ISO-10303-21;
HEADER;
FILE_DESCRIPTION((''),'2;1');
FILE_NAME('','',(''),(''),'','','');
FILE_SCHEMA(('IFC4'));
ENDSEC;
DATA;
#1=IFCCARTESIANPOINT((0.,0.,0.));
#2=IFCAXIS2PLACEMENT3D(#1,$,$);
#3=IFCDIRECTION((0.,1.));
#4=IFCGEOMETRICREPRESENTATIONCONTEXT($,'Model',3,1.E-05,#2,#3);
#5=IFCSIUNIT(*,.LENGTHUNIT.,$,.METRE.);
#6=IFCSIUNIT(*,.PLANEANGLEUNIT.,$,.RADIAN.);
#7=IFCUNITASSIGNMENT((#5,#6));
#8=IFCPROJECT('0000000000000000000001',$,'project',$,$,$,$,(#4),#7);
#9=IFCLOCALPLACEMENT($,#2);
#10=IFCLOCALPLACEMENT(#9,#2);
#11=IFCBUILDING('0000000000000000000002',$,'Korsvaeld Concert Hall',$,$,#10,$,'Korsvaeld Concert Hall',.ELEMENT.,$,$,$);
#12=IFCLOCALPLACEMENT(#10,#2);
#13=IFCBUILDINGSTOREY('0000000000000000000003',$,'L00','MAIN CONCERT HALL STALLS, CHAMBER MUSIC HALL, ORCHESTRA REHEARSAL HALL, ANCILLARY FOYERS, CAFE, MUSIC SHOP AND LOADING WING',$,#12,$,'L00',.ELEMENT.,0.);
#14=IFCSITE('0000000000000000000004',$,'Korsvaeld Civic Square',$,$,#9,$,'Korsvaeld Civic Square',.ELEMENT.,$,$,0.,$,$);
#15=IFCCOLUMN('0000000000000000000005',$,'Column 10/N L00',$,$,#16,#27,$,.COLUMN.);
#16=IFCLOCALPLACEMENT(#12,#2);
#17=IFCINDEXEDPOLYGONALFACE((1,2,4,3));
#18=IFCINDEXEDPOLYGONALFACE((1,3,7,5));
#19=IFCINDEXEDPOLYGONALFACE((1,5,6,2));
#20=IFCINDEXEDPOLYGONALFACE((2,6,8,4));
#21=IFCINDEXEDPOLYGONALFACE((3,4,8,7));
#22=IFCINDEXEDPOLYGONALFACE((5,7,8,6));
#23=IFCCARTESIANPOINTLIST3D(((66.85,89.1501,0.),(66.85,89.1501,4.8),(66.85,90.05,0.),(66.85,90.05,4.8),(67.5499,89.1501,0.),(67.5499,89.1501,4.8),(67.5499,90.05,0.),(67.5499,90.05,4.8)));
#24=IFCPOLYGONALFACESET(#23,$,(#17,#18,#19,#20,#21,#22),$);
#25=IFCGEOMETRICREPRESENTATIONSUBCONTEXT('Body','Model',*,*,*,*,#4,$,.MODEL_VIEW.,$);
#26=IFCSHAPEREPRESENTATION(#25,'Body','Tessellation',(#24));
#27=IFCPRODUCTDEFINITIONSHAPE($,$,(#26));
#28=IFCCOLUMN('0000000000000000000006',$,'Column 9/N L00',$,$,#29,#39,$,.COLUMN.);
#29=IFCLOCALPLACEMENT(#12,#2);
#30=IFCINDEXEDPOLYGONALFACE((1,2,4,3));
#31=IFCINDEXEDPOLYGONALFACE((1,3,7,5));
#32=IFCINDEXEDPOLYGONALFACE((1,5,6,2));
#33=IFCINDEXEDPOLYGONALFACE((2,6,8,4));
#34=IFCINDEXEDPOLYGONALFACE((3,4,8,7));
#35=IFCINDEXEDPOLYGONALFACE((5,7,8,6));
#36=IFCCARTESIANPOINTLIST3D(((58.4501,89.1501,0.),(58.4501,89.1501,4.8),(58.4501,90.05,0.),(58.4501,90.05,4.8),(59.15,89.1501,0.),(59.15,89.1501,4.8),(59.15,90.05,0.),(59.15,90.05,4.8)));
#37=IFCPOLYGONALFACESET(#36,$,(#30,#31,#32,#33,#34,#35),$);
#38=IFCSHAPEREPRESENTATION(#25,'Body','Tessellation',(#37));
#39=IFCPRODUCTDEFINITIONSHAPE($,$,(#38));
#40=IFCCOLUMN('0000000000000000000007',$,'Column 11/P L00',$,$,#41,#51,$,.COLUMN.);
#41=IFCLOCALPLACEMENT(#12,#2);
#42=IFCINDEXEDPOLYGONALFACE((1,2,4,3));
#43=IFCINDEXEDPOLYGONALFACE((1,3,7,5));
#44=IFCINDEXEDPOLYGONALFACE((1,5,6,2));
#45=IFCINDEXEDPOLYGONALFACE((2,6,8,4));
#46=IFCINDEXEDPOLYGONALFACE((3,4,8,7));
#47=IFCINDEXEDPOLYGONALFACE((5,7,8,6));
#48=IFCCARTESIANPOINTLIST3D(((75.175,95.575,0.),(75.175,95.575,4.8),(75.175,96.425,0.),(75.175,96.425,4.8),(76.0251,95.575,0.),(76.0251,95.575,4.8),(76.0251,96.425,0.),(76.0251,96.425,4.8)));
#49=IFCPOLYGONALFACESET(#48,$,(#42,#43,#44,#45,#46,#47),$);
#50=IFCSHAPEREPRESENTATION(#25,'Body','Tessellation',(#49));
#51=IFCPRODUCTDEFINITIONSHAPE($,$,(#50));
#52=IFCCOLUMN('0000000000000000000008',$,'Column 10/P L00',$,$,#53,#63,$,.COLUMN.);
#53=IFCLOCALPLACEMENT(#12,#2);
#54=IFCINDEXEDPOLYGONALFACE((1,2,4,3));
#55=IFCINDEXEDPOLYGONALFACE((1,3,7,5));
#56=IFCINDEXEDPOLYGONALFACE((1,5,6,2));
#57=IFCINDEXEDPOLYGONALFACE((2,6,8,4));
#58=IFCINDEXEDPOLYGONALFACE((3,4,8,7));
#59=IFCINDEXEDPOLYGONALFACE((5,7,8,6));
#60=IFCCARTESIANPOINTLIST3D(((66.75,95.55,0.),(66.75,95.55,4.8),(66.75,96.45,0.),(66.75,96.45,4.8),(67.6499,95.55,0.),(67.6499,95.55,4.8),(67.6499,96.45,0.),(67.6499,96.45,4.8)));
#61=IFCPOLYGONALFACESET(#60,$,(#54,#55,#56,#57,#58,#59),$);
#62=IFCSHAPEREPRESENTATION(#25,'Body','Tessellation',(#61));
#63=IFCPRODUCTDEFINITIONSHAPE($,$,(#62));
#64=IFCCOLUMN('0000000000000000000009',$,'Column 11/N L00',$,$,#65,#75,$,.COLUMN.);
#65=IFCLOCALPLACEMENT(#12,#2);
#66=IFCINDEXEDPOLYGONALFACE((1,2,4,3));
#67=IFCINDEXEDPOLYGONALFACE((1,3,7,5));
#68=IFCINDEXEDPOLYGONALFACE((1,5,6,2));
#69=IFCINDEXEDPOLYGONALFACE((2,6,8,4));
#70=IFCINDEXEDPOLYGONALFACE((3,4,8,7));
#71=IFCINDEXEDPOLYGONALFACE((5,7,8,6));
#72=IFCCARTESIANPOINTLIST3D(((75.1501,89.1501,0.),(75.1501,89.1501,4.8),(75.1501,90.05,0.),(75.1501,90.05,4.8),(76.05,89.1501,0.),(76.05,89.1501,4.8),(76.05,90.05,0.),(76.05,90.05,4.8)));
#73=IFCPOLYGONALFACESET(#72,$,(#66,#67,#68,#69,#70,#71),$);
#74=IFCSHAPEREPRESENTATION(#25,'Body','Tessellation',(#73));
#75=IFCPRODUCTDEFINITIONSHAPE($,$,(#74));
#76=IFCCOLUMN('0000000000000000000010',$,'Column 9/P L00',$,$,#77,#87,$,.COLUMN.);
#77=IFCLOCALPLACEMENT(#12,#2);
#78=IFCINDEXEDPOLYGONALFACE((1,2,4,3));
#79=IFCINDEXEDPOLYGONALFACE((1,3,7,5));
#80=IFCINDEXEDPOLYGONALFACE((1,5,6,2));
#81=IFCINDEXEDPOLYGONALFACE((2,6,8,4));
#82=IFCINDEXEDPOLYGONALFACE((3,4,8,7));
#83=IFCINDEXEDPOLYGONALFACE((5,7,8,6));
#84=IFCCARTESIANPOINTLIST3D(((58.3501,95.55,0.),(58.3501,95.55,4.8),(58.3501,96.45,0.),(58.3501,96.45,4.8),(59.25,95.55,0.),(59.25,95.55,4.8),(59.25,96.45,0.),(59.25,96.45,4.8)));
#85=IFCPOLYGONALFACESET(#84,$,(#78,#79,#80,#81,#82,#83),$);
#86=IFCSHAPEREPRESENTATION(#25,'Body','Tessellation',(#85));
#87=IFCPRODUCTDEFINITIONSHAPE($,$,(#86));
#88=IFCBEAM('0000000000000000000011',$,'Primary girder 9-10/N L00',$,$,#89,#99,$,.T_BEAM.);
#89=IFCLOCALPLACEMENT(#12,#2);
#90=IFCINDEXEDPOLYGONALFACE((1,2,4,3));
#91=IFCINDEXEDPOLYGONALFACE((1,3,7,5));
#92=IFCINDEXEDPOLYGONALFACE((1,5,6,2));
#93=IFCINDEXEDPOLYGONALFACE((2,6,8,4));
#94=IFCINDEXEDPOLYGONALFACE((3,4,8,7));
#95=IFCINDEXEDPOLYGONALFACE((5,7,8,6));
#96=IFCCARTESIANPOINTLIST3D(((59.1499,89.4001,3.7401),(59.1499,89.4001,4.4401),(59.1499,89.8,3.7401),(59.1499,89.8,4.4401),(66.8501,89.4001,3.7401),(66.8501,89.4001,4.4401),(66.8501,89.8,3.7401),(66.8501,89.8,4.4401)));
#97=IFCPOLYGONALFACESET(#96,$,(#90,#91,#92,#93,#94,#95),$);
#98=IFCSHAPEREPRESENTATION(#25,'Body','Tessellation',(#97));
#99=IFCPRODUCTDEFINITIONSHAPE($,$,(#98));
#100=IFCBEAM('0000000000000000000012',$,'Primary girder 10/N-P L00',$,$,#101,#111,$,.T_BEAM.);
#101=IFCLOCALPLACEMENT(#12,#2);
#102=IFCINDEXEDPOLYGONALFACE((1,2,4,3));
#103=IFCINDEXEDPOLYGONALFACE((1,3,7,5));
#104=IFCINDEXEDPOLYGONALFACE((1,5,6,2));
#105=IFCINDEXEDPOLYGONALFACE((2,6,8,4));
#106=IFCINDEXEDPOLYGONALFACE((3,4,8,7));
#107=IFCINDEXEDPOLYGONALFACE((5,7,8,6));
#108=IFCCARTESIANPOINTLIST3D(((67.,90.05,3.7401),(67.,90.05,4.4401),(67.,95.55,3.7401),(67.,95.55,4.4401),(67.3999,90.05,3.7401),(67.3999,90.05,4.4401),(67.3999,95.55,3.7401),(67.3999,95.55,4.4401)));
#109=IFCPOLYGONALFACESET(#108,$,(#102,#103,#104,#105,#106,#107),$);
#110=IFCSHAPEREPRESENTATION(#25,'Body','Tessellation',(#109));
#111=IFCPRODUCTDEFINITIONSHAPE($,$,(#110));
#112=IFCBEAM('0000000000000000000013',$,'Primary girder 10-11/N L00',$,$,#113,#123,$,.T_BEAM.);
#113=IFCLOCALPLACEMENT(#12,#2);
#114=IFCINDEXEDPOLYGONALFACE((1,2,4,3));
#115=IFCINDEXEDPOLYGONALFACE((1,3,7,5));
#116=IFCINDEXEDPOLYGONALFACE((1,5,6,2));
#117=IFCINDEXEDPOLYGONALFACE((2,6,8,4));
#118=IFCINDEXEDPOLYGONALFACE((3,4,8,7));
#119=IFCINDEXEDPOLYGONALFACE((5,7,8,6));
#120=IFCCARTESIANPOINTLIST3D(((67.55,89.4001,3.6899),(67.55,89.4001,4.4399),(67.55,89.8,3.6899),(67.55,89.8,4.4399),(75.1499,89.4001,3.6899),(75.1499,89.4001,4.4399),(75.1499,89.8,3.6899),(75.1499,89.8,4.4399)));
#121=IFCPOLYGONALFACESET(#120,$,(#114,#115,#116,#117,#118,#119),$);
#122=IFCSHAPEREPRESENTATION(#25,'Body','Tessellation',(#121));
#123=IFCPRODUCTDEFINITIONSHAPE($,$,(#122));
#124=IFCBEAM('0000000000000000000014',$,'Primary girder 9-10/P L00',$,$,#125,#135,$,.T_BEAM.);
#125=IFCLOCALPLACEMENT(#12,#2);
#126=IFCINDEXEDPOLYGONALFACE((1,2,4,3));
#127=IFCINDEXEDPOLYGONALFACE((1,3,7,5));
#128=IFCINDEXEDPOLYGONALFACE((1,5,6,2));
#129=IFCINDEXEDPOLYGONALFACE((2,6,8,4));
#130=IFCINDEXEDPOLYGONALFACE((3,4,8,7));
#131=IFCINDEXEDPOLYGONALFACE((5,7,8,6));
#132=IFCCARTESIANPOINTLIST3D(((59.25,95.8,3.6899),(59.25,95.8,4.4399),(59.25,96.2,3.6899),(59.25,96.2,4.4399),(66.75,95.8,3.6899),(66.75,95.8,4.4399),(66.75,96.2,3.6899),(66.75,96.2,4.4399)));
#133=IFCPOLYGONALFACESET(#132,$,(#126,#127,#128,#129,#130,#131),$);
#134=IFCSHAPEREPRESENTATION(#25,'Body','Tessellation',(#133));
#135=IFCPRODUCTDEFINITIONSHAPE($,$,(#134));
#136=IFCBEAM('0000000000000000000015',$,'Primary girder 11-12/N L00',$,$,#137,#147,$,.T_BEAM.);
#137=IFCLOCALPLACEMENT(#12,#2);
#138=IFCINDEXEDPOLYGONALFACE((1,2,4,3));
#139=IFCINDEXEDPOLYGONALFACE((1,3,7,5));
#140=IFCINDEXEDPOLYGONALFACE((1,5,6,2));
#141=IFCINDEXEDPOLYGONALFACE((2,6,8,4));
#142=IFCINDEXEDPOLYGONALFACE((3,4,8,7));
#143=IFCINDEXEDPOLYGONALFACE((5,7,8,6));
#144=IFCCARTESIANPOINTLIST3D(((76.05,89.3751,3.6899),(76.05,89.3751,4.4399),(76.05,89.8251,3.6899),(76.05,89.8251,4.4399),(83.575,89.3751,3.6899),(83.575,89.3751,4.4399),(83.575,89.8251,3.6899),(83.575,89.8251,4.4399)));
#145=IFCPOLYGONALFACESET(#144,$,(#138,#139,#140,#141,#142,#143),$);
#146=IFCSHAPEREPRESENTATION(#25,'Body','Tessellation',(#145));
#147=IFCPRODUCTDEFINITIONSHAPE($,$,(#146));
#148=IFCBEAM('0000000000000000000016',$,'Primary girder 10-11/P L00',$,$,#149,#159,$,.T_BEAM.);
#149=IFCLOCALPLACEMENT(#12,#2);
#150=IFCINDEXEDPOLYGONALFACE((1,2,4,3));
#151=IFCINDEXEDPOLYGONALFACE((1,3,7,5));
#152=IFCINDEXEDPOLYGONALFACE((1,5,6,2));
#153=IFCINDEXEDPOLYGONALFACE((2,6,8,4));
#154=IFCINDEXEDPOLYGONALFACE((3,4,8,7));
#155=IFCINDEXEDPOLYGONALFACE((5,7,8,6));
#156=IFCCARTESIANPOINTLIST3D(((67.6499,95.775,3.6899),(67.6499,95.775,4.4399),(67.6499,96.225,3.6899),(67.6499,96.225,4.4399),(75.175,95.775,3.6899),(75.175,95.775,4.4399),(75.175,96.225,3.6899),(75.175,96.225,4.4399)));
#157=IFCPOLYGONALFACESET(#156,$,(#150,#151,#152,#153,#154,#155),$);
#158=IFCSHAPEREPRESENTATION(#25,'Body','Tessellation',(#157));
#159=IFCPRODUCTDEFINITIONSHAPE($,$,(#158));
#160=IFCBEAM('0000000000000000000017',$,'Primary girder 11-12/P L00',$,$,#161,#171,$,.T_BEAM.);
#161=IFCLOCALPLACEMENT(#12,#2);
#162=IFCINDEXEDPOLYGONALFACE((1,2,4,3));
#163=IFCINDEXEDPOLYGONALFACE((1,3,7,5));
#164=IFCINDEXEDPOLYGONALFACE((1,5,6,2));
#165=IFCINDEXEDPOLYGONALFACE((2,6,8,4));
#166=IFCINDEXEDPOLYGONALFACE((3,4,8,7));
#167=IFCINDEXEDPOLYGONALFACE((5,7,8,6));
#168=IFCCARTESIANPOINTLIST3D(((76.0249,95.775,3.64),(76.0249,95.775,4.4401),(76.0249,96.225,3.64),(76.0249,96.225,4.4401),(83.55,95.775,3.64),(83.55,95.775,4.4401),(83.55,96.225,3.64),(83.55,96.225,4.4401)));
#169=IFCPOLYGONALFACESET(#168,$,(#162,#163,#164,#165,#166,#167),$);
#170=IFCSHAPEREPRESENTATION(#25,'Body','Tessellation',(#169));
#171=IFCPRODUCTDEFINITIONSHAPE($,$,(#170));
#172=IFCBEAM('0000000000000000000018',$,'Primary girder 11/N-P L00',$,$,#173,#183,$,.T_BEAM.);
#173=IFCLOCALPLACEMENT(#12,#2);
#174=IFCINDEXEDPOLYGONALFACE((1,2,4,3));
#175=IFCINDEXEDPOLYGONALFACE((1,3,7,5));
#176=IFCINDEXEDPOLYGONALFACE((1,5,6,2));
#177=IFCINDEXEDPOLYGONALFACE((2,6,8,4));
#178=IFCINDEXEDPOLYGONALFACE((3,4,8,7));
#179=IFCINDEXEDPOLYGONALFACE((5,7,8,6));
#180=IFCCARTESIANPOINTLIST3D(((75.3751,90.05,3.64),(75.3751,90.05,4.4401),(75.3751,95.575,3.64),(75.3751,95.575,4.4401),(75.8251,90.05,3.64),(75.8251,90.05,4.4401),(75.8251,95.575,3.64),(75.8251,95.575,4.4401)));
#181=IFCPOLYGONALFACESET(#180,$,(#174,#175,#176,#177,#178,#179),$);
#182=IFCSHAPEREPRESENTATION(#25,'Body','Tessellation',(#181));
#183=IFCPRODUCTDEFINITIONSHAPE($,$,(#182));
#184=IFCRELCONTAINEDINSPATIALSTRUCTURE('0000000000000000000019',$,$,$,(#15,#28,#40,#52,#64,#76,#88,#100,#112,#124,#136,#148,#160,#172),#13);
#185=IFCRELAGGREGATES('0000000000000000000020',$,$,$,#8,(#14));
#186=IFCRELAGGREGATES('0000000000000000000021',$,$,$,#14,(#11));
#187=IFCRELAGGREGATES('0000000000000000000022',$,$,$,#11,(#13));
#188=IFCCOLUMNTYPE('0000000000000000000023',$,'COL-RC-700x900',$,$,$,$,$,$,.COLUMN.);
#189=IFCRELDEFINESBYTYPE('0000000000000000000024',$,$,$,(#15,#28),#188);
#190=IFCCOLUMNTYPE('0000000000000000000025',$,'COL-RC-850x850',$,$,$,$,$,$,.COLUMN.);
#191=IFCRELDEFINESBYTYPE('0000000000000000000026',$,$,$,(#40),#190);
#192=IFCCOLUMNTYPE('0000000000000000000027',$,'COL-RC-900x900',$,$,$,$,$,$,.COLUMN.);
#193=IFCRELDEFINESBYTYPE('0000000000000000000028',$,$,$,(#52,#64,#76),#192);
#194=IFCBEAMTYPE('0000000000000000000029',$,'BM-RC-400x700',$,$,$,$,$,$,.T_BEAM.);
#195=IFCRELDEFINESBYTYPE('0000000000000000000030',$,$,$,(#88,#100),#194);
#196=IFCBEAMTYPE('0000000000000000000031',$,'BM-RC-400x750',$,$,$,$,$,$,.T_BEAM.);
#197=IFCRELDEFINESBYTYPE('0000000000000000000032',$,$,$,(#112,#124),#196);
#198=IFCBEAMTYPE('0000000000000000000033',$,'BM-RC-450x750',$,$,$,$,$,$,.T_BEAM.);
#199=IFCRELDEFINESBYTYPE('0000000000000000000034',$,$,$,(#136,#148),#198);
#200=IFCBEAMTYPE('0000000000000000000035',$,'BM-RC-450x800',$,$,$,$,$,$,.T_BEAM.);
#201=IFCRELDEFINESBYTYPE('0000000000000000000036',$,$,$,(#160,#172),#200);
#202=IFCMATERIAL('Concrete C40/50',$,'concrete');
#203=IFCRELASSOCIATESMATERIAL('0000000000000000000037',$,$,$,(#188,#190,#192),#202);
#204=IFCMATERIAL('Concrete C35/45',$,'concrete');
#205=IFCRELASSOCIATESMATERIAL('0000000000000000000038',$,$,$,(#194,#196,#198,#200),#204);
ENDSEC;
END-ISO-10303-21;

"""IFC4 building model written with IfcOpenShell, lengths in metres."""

from ifc_helpers import new_model, si_unit, direction, frame, origin, origin_2d, place, context, subcontext, project, spatial, rectangle, extrude, material, material_profile, profile_set, type_object, element, save


model = new_model("IFC4")

# Units and contexts
model_context = context("Model", 3, precision=1e-05, world=origin(), true_north=direction((0.0, 1.0)))
body_context = subcontext(model_context, "Body", "Model", "MODEL_VIEW")
ifc_project = project(units=[si_unit("LENGTHUNIT", "METRE"), si_unit("PLANEANGLEUNIT", "RADIAN")], contexts=[model_context])

# Site, building, storey
site_placement = place(None, origin())
site = spatial("IfcSite", under=ifc_project, at=site_placement, Name="Korsvaeld Civic Square", LongName="Korsvaeld Civic Square", CompositionType="ELEMENT", RefElevation=0.0)
building_placement = place(site_placement, origin())
building = spatial("IfcBuilding", under=site, at=building_placement, Name="Korsvaeld Concert Hall", LongName="Korsvaeld Concert Hall", CompositionType="ELEMENT")
storey_placement = place(building_placement, origin())
storey = spatial("IfcBuildingStorey", under=building, at=storey_placement, Name="L00", Description="MAIN CONCERT HALL STALLS, CHAMBER MUSIC HALL, ORCHESTRA REHEARSAL HALL, ANCILLARY FOYERS, CAFE, MUSIC SHOP AND LOADING WING", LongName="L00", CompositionType="ELEMENT", Elevation=0.0)

# Columns
ifc_material_1 = material(Name="Concrete C40/50", Category="concrete")
ifc_material_profile_1 = material_profile(ifc_material_1, rectangle(XDim=0.7, YDim=0.8999, at=origin_2d()), Name="RC 700x900")
ifc_profile_set_1 = profile_set([ifc_material_profile_1], Name="Concrete C40/50")
column_type_1 = type_object("IfcColumnType", Name="COL-RC-700x900", PredefinedType="COLUMN", material=ifc_profile_set_1)
for number, where, z_axis, x_axis, name in (
    (1, (67.2, 89.6001, 0.0), (0.0, 0.0, 1.0), (1.0, 0.0, 0.0), "Column 10/N L00"),
    (2, (58.8, 89.6001, 0.0), (0.0, 0.0, 1.0), (1.0, 0.0, 0.0), "Column 9/N L00"),
):
    element("IfcColumn", number, at=place(storey_placement, frame(where, z_axis=z_axis, x_axis=x_axis)), inside=storey, type_object=column_type_1, Name=name, PredefinedType="COLUMN", context=body_context, shape_type="SweptSolid", body=[
        extrude(rectangle(XDim=0.7, YDim=0.8999, at=origin_2d()), origin(), (0.0, 0.0, 1.0), 4.8),
    ])
ifc_material_profile_2 = material_profile(ifc_material_1, rectangle(XDim=0.8501, YDim=0.8501, at=origin_2d()), Name="RC 850x850")
ifc_profile_set_2 = profile_set([ifc_material_profile_2], Name="Concrete C40/50")
column_type_2 = type_object("IfcColumnType", Name="COL-RC-850x850", PredefinedType="COLUMN", material=ifc_profile_set_2)
column_placement = place(storey_placement, frame((75.6001, 96.0, 0.0), z_axis=(0.0, 0.0, 1.0), x_axis=(1.0, 0.0, 0.0)))
element("IfcColumn", 3, at=column_placement, inside=storey, type_object=column_type_2, Name="Column 11/P L00", PredefinedType="COLUMN", context=body_context, shape_type="SweptSolid", body=[
    extrude(rectangle(XDim=0.8501, YDim=0.8501, at=origin_2d()), origin(), (0.0, 0.0, 1.0), 4.8),
])
ifc_material_profile_3 = material_profile(ifc_material_1, rectangle(XDim=0.8999, YDim=0.8999, at=origin_2d()), Name="RC 900x900")
ifc_profile_set_3 = profile_set([ifc_material_profile_3], Name="Concrete C40/50")
column_type_3 = type_object("IfcColumnType", Name="COL-RC-900x900", PredefinedType="COLUMN", material=ifc_profile_set_3)
for number, where, z_axis, x_axis, name in (
    (4, (67.2, 96.0, 0.0), (0.0, 0.0, 1.0), (1.0, 0.0, 0.0), "Column 10/P L00"),
    (5, (75.6001, 89.6001, 0.0), (0.0, 0.0, 1.0), (1.0, 0.0, 0.0), "Column 11/N L00"),
    (6, (58.8, 96.0, 0.0), (0.0, 0.0, 1.0), (1.0, 0.0, 0.0), "Column 9/P L00"),
):
    element("IfcColumn", number, at=place(storey_placement, frame(where, z_axis=z_axis, x_axis=x_axis)), inside=storey, type_object=column_type_3, Name=name, PredefinedType="COLUMN", context=body_context, shape_type="SweptSolid", body=[
        extrude(rectangle(XDim=0.8999, YDim=0.8999, at=origin_2d()), origin(), (0.0, 0.0, 1.0), 4.8),
    ])

# Beams
ifc_material_2 = material(Name="Concrete C35/45", Category="concrete")
ifc_material_profile_4 = material_profile(ifc_material_2, rectangle(XDim=0.3999, YDim=0.7, at=origin_2d()), Name="RC 400x700")
ifc_profile_set_4 = profile_set([ifc_material_profile_4], Name="Concrete C35/45")
beam_type_1 = type_object("IfcBeamType", Name="BM-RC-400x700", PredefinedType="T_BEAM", material=ifc_profile_set_4)
beam_1_placement = place(storey_placement, frame((59.1499, 89.6001, 4.0901), z_axis=(1.0, 0.0, 0.0), x_axis=(0.0, 1.0, 0.0)))
element("IfcBeam", 7, at=beam_1_placement, inside=storey, type_object=beam_type_1, Name="Primary girder 9-10/N L00", PredefinedType="T_BEAM", context=body_context, shape_type="SweptSolid", body=[
    extrude(rectangle(XDim=0.3999, YDim=0.7, at=origin_2d()), origin(), (0.0, 0.0, 1.0), 7.7002),
])
beam_2_placement = place(storey_placement, frame((67.2, 90.05, 4.0901), z_axis=(0.0, 1.0, 0.0), x_axis=(-1.0, 0.0, 0.0)))
element("IfcBeam", 8, at=beam_2_placement, inside=storey, type_object=beam_type_1, Name="Primary girder 10/N-P L00", PredefinedType="T_BEAM", context=body_context, shape_type="SweptSolid", body=[
    extrude(rectangle(XDim=0.3999, YDim=0.7, at=origin_2d()), origin(), (0.0, 0.0, 1.0), 5.5),
])
ifc_material_profile_5 = material_profile(ifc_material_2, rectangle(XDim=0.3999, YDim=0.75, at=origin_2d()), Name="RC 400x750")
ifc_profile_set_5 = profile_set([ifc_material_profile_5], Name="Concrete C35/45")
beam_type_2 = type_object("IfcBeamType", Name="BM-RC-400x750", PredefinedType="T_BEAM", material=ifc_profile_set_5)
beam_3_placement = place(storey_placement, frame((67.55, 89.6001, 4.0649), z_axis=(1.0, 0.0, 0.0), x_axis=(0.0, 1.0, 0.0)))
element("IfcBeam", 9, at=beam_3_placement, inside=storey, type_object=beam_type_2, Name="Primary girder 10-11/N L00", PredefinedType="T_BEAM", context=body_context, shape_type="SweptSolid", body=[
    extrude(rectangle(XDim=0.3999, YDim=0.75, at=origin_2d()), origin(), (0.0, 0.0, 1.0), 7.5999),
])
beam_4_placement = place(storey_placement, frame((59.25, 96.0, 4.0649), z_axis=(1.0, 0.0, 0.0), x_axis=(0.0, 1.0, 0.0)))
element("IfcBeam", 10, at=beam_4_placement, inside=storey, type_object=beam_type_2, Name="Primary girder 9-10/P L00", PredefinedType="T_BEAM", context=body_context, shape_type="SweptSolid", body=[
    extrude(rectangle(XDim=0.3999, YDim=0.75, at=origin_2d()), origin(), (0.0, 0.0, 1.0), 7.5),
])
ifc_material_profile_6 = material_profile(ifc_material_2, rectangle(XDim=0.45, YDim=0.75, at=origin_2d()), Name="RC 450x750")
ifc_profile_set_6 = profile_set([ifc_material_profile_6], Name="Concrete C35/45")
beam_type_3 = type_object("IfcBeamType", Name="BM-RC-450x750", PredefinedType="T_BEAM", material=ifc_profile_set_6)
beam_5_placement = place(storey_placement, frame((76.05, 89.6001, 4.0649), z_axis=(1.0, 0.0, 0.0), x_axis=(0.0, 1.0, 0.0)))
element("IfcBeam", 11, at=beam_5_placement, inside=storey, type_object=beam_type_3, Name="Primary girder 11-12/N L00", PredefinedType="T_BEAM", context=body_context, shape_type="SweptSolid", body=[
    extrude(rectangle(XDim=0.45, YDim=0.75, at=origin_2d()), origin(), (0.0, 0.0, 1.0), 7.5249),
])
beam_6_placement = place(storey_placement, frame((67.6499, 96.0, 4.0649), z_axis=(1.0, 0.0, 0.0), x_axis=(0.0, 1.0, 0.0)))
element("IfcBeam", 12, at=beam_6_placement, inside=storey, type_object=beam_type_3, Name="Primary girder 10-11/P L00", PredefinedType="T_BEAM", context=body_context, shape_type="SweptSolid", body=[
    extrude(rectangle(XDim=0.45, YDim=0.75, at=origin_2d()), origin(), (0.0, 0.0, 1.0), 7.5251),
])
ifc_material_profile_7 = material_profile(ifc_material_2, rectangle(XDim=0.45, YDim=0.8, at=origin_2d()), Name="RC 450x800")
ifc_profile_set_7 = profile_set([ifc_material_profile_7], Name="Concrete C35/45")
beam_type_4 = type_object("IfcBeamType", Name="BM-RC-450x800", PredefinedType="T_BEAM", material=ifc_profile_set_7)
beam_7_placement = place(storey_placement, frame((76.0249, 96.0, 4.04), z_axis=(1.0, 0.0, 0.0), x_axis=(0.0, 1.0, 0.0)))
element("IfcBeam", 13, at=beam_7_placement, inside=storey, type_object=beam_type_4, Name="Primary girder 11-12/P L00", PredefinedType="T_BEAM", context=body_context, shape_type="SweptSolid", body=[
    extrude(rectangle(XDim=0.45, YDim=0.8, at=origin_2d()), origin(), (0.0, 0.0, 1.0), 7.5251),
])
beam_8_placement = place(storey_placement, frame((75.6001, 90.05, 4.04), z_axis=(0.0, 1.0, 0.0), x_axis=(-1.0, 0.0, 0.0)))
element("IfcBeam", 14, at=beam_8_placement, inside=storey, type_object=beam_type_4, Name="Primary girder 11/N-P L00", PredefinedType="T_BEAM", context=body_context, shape_type="SweptSolid", body=[
    extrude(rectangle(XDim=0.45, YDim=0.8, at=origin_2d()), origin(), (0.0, 0.0, 1.0), 5.5249),
])

save(model, "model.ifc")
